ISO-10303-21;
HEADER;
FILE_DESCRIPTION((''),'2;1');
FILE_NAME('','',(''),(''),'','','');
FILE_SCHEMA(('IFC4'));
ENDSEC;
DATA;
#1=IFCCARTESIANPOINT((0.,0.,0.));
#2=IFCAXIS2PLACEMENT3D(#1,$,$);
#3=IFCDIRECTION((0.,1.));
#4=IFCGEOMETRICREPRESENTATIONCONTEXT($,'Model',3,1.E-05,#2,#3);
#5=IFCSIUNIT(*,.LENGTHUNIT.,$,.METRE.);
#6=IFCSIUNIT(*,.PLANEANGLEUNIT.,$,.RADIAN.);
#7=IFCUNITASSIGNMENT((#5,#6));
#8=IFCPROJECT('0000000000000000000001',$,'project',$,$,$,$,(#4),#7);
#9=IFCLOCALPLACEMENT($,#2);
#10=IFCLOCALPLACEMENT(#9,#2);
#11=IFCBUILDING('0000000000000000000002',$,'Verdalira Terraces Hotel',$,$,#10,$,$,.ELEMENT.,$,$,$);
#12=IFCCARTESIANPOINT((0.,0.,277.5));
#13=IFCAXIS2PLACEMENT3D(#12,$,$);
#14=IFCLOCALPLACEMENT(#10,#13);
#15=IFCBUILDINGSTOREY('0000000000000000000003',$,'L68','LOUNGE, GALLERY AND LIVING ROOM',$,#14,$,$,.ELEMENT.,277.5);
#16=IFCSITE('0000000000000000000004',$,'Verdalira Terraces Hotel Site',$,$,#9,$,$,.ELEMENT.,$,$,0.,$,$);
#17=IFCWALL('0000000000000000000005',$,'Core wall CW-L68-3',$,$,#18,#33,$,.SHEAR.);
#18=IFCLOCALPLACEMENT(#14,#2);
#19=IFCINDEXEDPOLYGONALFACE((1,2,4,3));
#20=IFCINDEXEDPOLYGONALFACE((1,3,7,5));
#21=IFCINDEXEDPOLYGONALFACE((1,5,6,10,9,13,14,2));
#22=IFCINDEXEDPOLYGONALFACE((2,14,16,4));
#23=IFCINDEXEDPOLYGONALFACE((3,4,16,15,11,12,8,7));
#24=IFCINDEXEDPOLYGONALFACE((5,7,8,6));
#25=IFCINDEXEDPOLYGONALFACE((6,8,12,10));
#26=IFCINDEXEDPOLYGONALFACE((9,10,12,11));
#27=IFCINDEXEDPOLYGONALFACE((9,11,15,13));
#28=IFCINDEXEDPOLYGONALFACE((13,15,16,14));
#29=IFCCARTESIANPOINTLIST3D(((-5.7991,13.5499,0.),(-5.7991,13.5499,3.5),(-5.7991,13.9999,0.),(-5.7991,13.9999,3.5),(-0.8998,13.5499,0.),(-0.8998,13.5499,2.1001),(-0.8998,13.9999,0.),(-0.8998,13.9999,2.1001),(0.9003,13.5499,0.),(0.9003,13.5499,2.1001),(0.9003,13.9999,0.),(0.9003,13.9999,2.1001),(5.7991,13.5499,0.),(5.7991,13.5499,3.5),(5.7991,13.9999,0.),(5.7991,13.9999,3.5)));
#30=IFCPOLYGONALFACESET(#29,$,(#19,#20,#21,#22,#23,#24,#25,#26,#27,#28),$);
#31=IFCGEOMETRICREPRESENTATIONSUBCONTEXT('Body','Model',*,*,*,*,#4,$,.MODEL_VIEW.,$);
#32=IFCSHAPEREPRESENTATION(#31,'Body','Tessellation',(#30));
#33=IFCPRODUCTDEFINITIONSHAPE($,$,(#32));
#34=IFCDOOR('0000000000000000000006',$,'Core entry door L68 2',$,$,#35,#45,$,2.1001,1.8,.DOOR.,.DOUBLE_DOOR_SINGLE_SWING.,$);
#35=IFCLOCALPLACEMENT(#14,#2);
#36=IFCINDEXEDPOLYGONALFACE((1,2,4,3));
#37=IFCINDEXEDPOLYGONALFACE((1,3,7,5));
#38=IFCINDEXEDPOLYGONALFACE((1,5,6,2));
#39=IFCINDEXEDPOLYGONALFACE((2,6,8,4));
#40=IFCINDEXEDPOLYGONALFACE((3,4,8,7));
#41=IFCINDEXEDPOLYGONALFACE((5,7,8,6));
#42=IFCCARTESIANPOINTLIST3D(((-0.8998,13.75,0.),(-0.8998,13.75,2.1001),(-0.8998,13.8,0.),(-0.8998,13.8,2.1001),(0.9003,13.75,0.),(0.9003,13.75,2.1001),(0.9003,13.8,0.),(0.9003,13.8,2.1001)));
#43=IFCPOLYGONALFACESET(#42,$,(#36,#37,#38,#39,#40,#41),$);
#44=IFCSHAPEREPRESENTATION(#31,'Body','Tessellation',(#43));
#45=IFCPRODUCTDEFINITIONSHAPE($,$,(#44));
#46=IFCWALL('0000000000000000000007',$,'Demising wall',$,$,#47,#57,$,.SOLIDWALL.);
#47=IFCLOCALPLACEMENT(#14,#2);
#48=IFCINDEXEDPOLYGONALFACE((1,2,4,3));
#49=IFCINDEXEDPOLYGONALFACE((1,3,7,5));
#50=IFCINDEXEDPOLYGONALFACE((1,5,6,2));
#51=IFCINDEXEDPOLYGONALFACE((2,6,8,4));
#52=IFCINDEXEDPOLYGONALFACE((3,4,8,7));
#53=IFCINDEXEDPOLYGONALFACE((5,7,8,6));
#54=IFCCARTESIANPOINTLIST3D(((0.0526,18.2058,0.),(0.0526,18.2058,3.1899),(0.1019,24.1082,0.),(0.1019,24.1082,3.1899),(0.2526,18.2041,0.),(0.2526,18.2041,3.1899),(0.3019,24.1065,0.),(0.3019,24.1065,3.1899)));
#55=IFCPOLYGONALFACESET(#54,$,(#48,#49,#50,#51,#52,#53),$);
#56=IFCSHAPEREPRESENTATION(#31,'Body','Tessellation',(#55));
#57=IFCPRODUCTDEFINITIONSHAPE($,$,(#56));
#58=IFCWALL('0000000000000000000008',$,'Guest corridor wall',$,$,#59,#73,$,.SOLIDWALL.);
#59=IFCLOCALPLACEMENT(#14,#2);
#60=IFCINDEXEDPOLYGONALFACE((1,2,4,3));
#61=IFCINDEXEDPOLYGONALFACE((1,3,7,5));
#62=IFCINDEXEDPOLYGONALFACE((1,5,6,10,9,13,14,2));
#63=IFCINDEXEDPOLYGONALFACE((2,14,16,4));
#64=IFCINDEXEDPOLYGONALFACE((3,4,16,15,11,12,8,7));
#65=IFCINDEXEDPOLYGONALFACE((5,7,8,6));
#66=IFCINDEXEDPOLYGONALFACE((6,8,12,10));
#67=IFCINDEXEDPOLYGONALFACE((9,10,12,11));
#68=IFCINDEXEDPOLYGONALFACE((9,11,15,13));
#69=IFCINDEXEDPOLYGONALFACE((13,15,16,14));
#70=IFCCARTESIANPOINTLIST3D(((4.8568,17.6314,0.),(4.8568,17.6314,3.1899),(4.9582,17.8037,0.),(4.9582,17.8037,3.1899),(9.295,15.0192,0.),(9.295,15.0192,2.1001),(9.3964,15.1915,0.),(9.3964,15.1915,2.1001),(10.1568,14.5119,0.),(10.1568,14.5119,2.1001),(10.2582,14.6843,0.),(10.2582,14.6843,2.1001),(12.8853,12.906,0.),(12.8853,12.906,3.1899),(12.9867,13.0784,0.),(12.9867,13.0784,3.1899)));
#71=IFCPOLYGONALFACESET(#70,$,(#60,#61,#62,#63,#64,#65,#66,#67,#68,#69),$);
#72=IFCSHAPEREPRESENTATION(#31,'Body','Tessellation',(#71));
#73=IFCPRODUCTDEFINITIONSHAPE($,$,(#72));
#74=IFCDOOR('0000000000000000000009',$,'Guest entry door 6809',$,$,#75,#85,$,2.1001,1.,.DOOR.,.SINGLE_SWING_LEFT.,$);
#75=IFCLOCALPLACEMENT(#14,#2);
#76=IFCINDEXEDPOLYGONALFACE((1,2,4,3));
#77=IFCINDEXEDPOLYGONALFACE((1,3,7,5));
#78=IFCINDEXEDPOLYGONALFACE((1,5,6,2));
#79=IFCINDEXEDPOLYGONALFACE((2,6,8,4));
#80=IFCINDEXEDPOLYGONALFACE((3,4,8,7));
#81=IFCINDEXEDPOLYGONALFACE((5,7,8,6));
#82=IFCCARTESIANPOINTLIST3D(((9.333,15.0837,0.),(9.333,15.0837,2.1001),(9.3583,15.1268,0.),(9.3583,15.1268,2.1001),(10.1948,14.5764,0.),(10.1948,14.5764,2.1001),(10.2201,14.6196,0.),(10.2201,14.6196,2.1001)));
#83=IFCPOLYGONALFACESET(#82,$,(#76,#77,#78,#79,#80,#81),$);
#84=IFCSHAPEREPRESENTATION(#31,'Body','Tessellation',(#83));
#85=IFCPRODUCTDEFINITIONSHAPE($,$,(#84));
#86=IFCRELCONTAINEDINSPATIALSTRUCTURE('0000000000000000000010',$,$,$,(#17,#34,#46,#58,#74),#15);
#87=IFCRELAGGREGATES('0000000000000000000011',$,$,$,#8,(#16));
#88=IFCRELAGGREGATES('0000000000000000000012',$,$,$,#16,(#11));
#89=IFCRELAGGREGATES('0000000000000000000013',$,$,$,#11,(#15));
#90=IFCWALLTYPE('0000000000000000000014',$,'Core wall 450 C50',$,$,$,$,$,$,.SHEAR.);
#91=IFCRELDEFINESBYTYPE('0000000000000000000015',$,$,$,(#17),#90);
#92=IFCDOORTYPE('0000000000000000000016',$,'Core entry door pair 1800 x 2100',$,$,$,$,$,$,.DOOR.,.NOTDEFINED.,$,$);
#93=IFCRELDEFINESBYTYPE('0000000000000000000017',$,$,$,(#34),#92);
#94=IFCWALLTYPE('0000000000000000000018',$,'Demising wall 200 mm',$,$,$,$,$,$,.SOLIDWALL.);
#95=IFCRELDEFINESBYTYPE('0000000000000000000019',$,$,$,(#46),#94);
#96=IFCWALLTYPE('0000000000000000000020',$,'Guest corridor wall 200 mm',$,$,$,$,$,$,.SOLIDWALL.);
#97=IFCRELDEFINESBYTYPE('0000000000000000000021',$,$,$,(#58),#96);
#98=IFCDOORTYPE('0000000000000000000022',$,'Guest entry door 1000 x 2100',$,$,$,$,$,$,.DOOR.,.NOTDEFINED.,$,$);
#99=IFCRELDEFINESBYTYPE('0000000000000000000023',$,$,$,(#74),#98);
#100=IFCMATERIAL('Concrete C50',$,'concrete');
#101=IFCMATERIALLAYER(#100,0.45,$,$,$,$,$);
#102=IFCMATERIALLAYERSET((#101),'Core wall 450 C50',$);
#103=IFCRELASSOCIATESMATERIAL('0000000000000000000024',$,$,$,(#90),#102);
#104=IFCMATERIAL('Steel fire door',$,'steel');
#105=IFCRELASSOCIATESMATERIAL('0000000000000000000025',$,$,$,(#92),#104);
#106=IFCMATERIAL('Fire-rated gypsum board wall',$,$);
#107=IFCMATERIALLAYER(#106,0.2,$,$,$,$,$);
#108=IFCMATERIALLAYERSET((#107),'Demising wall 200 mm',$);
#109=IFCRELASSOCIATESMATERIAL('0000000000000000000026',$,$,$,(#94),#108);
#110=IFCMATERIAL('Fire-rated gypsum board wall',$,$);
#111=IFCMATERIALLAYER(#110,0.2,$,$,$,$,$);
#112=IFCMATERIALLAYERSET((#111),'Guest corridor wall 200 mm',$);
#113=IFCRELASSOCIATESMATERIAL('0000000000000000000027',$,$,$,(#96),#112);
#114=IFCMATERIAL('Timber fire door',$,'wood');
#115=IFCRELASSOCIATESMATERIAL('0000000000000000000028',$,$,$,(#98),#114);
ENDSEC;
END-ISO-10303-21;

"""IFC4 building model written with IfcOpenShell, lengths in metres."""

from ifc_helpers import new_model, si_unit, direction, frame, frame_2d, origin, place, context, subcontext, project, spatial, rectangle, extrude, material, layer, layer_set, type_object, element, fill, save


model = new_model("IFC4")

# Units and contexts
model_context = context("Model", 3, precision=1e-05, world=origin(), true_north=direction((0.0, 1.0)))
body_context = subcontext(model_context, "Body", "Model", "MODEL_VIEW")
ifc_project = project(units=[si_unit("LENGTHUNIT", "METRE"), si_unit("PLANEANGLEUNIT", "RADIAN")], contexts=[model_context])

# Site, building, storey
site_placement = place(None, origin())
site = spatial("IfcSite", under=ifc_project, at=site_placement, Name="Verdalira Terraces Hotel Site", CompositionType="ELEMENT", RefElevation=0.0)
building_placement = place(site_placement, origin())
building = spatial("IfcBuilding", under=site, at=building_placement, Name="Verdalira Terraces Hotel", CompositionType="ELEMENT")
storey_placement = place(building_placement, frame((0.0, 0.0, 277.5)))
storey = spatial("IfcBuildingStorey", under=building, at=storey_placement, Name="L68", Description="LOUNGE, GALLERY AND LIVING ROOM", CompositionType="ELEMENT", Elevation=277.5)

# Wall, opening, door
ifc_material_1 = material(Name="Concrete C50", Category="concrete")
ifc_layer_1 = layer(ifc_material_1, 0.45)
ifc_layer_set_1 = layer_set([ifc_layer_1], Name="Core wall 450 C50")
wall_type_1 = type_object("IfcWallType", Name="Core wall 450 C50", PredefinedType="SHEAR", material=ifc_layer_set_1)
wall_1_placement = place(storey_placement, frame((5.7991, 13.7749, 0.0), z_axis=(0.0, 0.0, 1.0), x_axis=(-1.0, 0.0, 0.0)))
wall_1 = element("IfcWall", 1, at=wall_1_placement, inside=storey, type_object=wall_type_1, Name="Core wall CW-L68-3", PredefinedType="SHEAR", context=body_context, shape_type="SweptSolid", body=[
    extrude(rectangle(XDim=11.5981, YDim=0.45, at=frame_2d((5.7991, 0.0))), origin(), (0.0, 0.0, 1.0), 3.5),
])
opening_1_placement = place(wall_1_placement, frame((4.8989, 0.0, 0.0)))
opening_1 = element("IfcOpeningElement", 2, at=opening_1_placement, cuts=wall_1, PredefinedType="OPENING", context=body_context, shape_type="SweptSolid", body=[
    extrude(rectangle(XDim=1.8, YDim=2.1001, at=frame_2d((0.8999, 1.05))), frame((0.0, 0.2349, 0.0), z_axis=(0.0, -1.0, 0.0), x_axis=(1.0, 0.0, 0.0)), (0.0, 0.0, 1.0), 0.47),
])
ifc_material_2 = material(Name="Steel fire door", Category="steel")
door_type_1 = type_object("IfcDoorType", Name="Core entry door pair 1800 x 2100", OperationType="NOTDEFINED", PredefinedType="DOOR", material=ifc_material_2)
door_1_placement = place(opening_1_placement, origin())
door_1 = element("IfcDoor", 3, at=door_1_placement, inside=storey, type_object=door_type_1, Name="Core entry door L68 2", OperationType="DOUBLE_DOOR_SINGLE_SWING", OverallHeight=2.1001, OverallWidth=1.8, PredefinedType="DOOR", context=body_context, shape_type="SweptSolid", body=[
    extrude(rectangle(XDim=1.8, YDim=2.1001, at=frame_2d((0.8999, 1.05))), frame((0.0, 0.0249, 0.0), z_axis=(0.0, -1.0, 0.0), x_axis=(1.0, 0.0, 0.0)), (0.0, 0.0, 1.0), 0.05),
])
fill(opening_1, door_1)

# Wall
ifc_material_3 = material(Name="Fire-rated gypsum board wall")
ifc_layer_2 = layer(ifc_material_3, 0.2)
ifc_layer_set_2 = layer_set([ifc_layer_2], Name="Demising wall 200 mm")
wall_type_2 = type_object("IfcWallType", Name="Demising wall 200 mm", PredefinedType="SOLIDWALL", material=ifc_layer_set_2)
wall_2_placement = place(storey_placement, frame((0.1526, 18.2051, 0.0), z_axis=(0.0, 0.0, 1.0), x_axis=(0.008355, 0.999965, 0.0)))
element("IfcWall", 4, at=wall_2_placement, inside=storey, type_object=wall_type_2, Name="Demising wall", PredefinedType="SOLIDWALL", context=body_context, shape_type="SweptSolid", body=[
    extrude(rectangle(XDim=5.9026, YDim=0.2, at=frame_2d((2.9512, 0.0))), origin(), (0.0, 0.0, 1.0), 3.1899),
])

# Wall, opening, door
ifc_material_4 = material(Name="Fire-rated gypsum board wall")
ifc_layer_3 = layer(ifc_material_4, 0.2)
ifc_layer_set_3 = layer_set([ifc_layer_3], Name="Guest corridor wall 200 mm")
wall_type_3 = type_object("IfcWallType", Name="Guest corridor wall 200 mm", PredefinedType="SOLIDWALL", material=ifc_layer_set_3)
wall_3_placement = place(storey_placement, frame((4.9075, 17.7175, 0.0), z_axis=(0.0, 0.0, 1.0), x_axis=(0.86181, -0.507232, 0.0)))
wall_3 = element("IfcWall", 5, at=wall_3_placement, inside=storey, type_object=wall_type_3, Name="Guest corridor wall", PredefinedType="SOLIDWALL", context=body_context, shape_type="SweptSolid", body=[
    extrude(rectangle(XDim=9.3159, YDim=0.2, at=frame_2d((4.658, 0.0))), origin(), (0.0, 0.0, 1.0), 3.1899),
])
opening_2_placement = place(wall_3_placement, frame((5.1499, 0.0, 0.0)))
opening_2 = element("IfcOpeningElement", 6, at=opening_2_placement, cuts=wall_3, PredefinedType="OPENING", context=body_context, shape_type="SweptSolid", body=[
    extrude(rectangle(XDim=1.0, YDim=2.1001, at=frame_2d((0.5, 1.05))), frame((0.0, 0.1099, 0.0), z_axis=(0.0, -1.0, 0.0), x_axis=(1.0, 0.0, 0.0)), (0.0, 0.0, 1.0), 0.22),
])
ifc_material_5 = material(Name="Timber fire door", Category="wood")
door_type_2 = type_object("IfcDoorType", Name="Guest entry door 1000 x 2100", OperationType="NOTDEFINED", PredefinedType="DOOR", material=ifc_material_5)
door_2_placement = place(opening_2_placement, origin())
door_2 = element("IfcDoor", 7, at=door_2_placement, inside=storey, type_object=door_type_2, Name="Guest entry door 6809", OperationType="SINGLE_SWING_LEFT", OverallHeight=2.1001, OverallWidth=1.0, PredefinedType="DOOR", context=body_context, shape_type="SweptSolid", body=[
    extrude(rectangle(XDim=1.0, YDim=2.1001, at=frame_2d((0.5, 1.05))), frame((0.0, 0.0249, 0.0), z_axis=(0.0, -1.0, 0.0), x_axis=(1.0, 0.0, 0.0)), (0.0, 0.0, 1.0), 0.05),
])
fill(opening_2, door_2)

save(model, "model.ifc")
